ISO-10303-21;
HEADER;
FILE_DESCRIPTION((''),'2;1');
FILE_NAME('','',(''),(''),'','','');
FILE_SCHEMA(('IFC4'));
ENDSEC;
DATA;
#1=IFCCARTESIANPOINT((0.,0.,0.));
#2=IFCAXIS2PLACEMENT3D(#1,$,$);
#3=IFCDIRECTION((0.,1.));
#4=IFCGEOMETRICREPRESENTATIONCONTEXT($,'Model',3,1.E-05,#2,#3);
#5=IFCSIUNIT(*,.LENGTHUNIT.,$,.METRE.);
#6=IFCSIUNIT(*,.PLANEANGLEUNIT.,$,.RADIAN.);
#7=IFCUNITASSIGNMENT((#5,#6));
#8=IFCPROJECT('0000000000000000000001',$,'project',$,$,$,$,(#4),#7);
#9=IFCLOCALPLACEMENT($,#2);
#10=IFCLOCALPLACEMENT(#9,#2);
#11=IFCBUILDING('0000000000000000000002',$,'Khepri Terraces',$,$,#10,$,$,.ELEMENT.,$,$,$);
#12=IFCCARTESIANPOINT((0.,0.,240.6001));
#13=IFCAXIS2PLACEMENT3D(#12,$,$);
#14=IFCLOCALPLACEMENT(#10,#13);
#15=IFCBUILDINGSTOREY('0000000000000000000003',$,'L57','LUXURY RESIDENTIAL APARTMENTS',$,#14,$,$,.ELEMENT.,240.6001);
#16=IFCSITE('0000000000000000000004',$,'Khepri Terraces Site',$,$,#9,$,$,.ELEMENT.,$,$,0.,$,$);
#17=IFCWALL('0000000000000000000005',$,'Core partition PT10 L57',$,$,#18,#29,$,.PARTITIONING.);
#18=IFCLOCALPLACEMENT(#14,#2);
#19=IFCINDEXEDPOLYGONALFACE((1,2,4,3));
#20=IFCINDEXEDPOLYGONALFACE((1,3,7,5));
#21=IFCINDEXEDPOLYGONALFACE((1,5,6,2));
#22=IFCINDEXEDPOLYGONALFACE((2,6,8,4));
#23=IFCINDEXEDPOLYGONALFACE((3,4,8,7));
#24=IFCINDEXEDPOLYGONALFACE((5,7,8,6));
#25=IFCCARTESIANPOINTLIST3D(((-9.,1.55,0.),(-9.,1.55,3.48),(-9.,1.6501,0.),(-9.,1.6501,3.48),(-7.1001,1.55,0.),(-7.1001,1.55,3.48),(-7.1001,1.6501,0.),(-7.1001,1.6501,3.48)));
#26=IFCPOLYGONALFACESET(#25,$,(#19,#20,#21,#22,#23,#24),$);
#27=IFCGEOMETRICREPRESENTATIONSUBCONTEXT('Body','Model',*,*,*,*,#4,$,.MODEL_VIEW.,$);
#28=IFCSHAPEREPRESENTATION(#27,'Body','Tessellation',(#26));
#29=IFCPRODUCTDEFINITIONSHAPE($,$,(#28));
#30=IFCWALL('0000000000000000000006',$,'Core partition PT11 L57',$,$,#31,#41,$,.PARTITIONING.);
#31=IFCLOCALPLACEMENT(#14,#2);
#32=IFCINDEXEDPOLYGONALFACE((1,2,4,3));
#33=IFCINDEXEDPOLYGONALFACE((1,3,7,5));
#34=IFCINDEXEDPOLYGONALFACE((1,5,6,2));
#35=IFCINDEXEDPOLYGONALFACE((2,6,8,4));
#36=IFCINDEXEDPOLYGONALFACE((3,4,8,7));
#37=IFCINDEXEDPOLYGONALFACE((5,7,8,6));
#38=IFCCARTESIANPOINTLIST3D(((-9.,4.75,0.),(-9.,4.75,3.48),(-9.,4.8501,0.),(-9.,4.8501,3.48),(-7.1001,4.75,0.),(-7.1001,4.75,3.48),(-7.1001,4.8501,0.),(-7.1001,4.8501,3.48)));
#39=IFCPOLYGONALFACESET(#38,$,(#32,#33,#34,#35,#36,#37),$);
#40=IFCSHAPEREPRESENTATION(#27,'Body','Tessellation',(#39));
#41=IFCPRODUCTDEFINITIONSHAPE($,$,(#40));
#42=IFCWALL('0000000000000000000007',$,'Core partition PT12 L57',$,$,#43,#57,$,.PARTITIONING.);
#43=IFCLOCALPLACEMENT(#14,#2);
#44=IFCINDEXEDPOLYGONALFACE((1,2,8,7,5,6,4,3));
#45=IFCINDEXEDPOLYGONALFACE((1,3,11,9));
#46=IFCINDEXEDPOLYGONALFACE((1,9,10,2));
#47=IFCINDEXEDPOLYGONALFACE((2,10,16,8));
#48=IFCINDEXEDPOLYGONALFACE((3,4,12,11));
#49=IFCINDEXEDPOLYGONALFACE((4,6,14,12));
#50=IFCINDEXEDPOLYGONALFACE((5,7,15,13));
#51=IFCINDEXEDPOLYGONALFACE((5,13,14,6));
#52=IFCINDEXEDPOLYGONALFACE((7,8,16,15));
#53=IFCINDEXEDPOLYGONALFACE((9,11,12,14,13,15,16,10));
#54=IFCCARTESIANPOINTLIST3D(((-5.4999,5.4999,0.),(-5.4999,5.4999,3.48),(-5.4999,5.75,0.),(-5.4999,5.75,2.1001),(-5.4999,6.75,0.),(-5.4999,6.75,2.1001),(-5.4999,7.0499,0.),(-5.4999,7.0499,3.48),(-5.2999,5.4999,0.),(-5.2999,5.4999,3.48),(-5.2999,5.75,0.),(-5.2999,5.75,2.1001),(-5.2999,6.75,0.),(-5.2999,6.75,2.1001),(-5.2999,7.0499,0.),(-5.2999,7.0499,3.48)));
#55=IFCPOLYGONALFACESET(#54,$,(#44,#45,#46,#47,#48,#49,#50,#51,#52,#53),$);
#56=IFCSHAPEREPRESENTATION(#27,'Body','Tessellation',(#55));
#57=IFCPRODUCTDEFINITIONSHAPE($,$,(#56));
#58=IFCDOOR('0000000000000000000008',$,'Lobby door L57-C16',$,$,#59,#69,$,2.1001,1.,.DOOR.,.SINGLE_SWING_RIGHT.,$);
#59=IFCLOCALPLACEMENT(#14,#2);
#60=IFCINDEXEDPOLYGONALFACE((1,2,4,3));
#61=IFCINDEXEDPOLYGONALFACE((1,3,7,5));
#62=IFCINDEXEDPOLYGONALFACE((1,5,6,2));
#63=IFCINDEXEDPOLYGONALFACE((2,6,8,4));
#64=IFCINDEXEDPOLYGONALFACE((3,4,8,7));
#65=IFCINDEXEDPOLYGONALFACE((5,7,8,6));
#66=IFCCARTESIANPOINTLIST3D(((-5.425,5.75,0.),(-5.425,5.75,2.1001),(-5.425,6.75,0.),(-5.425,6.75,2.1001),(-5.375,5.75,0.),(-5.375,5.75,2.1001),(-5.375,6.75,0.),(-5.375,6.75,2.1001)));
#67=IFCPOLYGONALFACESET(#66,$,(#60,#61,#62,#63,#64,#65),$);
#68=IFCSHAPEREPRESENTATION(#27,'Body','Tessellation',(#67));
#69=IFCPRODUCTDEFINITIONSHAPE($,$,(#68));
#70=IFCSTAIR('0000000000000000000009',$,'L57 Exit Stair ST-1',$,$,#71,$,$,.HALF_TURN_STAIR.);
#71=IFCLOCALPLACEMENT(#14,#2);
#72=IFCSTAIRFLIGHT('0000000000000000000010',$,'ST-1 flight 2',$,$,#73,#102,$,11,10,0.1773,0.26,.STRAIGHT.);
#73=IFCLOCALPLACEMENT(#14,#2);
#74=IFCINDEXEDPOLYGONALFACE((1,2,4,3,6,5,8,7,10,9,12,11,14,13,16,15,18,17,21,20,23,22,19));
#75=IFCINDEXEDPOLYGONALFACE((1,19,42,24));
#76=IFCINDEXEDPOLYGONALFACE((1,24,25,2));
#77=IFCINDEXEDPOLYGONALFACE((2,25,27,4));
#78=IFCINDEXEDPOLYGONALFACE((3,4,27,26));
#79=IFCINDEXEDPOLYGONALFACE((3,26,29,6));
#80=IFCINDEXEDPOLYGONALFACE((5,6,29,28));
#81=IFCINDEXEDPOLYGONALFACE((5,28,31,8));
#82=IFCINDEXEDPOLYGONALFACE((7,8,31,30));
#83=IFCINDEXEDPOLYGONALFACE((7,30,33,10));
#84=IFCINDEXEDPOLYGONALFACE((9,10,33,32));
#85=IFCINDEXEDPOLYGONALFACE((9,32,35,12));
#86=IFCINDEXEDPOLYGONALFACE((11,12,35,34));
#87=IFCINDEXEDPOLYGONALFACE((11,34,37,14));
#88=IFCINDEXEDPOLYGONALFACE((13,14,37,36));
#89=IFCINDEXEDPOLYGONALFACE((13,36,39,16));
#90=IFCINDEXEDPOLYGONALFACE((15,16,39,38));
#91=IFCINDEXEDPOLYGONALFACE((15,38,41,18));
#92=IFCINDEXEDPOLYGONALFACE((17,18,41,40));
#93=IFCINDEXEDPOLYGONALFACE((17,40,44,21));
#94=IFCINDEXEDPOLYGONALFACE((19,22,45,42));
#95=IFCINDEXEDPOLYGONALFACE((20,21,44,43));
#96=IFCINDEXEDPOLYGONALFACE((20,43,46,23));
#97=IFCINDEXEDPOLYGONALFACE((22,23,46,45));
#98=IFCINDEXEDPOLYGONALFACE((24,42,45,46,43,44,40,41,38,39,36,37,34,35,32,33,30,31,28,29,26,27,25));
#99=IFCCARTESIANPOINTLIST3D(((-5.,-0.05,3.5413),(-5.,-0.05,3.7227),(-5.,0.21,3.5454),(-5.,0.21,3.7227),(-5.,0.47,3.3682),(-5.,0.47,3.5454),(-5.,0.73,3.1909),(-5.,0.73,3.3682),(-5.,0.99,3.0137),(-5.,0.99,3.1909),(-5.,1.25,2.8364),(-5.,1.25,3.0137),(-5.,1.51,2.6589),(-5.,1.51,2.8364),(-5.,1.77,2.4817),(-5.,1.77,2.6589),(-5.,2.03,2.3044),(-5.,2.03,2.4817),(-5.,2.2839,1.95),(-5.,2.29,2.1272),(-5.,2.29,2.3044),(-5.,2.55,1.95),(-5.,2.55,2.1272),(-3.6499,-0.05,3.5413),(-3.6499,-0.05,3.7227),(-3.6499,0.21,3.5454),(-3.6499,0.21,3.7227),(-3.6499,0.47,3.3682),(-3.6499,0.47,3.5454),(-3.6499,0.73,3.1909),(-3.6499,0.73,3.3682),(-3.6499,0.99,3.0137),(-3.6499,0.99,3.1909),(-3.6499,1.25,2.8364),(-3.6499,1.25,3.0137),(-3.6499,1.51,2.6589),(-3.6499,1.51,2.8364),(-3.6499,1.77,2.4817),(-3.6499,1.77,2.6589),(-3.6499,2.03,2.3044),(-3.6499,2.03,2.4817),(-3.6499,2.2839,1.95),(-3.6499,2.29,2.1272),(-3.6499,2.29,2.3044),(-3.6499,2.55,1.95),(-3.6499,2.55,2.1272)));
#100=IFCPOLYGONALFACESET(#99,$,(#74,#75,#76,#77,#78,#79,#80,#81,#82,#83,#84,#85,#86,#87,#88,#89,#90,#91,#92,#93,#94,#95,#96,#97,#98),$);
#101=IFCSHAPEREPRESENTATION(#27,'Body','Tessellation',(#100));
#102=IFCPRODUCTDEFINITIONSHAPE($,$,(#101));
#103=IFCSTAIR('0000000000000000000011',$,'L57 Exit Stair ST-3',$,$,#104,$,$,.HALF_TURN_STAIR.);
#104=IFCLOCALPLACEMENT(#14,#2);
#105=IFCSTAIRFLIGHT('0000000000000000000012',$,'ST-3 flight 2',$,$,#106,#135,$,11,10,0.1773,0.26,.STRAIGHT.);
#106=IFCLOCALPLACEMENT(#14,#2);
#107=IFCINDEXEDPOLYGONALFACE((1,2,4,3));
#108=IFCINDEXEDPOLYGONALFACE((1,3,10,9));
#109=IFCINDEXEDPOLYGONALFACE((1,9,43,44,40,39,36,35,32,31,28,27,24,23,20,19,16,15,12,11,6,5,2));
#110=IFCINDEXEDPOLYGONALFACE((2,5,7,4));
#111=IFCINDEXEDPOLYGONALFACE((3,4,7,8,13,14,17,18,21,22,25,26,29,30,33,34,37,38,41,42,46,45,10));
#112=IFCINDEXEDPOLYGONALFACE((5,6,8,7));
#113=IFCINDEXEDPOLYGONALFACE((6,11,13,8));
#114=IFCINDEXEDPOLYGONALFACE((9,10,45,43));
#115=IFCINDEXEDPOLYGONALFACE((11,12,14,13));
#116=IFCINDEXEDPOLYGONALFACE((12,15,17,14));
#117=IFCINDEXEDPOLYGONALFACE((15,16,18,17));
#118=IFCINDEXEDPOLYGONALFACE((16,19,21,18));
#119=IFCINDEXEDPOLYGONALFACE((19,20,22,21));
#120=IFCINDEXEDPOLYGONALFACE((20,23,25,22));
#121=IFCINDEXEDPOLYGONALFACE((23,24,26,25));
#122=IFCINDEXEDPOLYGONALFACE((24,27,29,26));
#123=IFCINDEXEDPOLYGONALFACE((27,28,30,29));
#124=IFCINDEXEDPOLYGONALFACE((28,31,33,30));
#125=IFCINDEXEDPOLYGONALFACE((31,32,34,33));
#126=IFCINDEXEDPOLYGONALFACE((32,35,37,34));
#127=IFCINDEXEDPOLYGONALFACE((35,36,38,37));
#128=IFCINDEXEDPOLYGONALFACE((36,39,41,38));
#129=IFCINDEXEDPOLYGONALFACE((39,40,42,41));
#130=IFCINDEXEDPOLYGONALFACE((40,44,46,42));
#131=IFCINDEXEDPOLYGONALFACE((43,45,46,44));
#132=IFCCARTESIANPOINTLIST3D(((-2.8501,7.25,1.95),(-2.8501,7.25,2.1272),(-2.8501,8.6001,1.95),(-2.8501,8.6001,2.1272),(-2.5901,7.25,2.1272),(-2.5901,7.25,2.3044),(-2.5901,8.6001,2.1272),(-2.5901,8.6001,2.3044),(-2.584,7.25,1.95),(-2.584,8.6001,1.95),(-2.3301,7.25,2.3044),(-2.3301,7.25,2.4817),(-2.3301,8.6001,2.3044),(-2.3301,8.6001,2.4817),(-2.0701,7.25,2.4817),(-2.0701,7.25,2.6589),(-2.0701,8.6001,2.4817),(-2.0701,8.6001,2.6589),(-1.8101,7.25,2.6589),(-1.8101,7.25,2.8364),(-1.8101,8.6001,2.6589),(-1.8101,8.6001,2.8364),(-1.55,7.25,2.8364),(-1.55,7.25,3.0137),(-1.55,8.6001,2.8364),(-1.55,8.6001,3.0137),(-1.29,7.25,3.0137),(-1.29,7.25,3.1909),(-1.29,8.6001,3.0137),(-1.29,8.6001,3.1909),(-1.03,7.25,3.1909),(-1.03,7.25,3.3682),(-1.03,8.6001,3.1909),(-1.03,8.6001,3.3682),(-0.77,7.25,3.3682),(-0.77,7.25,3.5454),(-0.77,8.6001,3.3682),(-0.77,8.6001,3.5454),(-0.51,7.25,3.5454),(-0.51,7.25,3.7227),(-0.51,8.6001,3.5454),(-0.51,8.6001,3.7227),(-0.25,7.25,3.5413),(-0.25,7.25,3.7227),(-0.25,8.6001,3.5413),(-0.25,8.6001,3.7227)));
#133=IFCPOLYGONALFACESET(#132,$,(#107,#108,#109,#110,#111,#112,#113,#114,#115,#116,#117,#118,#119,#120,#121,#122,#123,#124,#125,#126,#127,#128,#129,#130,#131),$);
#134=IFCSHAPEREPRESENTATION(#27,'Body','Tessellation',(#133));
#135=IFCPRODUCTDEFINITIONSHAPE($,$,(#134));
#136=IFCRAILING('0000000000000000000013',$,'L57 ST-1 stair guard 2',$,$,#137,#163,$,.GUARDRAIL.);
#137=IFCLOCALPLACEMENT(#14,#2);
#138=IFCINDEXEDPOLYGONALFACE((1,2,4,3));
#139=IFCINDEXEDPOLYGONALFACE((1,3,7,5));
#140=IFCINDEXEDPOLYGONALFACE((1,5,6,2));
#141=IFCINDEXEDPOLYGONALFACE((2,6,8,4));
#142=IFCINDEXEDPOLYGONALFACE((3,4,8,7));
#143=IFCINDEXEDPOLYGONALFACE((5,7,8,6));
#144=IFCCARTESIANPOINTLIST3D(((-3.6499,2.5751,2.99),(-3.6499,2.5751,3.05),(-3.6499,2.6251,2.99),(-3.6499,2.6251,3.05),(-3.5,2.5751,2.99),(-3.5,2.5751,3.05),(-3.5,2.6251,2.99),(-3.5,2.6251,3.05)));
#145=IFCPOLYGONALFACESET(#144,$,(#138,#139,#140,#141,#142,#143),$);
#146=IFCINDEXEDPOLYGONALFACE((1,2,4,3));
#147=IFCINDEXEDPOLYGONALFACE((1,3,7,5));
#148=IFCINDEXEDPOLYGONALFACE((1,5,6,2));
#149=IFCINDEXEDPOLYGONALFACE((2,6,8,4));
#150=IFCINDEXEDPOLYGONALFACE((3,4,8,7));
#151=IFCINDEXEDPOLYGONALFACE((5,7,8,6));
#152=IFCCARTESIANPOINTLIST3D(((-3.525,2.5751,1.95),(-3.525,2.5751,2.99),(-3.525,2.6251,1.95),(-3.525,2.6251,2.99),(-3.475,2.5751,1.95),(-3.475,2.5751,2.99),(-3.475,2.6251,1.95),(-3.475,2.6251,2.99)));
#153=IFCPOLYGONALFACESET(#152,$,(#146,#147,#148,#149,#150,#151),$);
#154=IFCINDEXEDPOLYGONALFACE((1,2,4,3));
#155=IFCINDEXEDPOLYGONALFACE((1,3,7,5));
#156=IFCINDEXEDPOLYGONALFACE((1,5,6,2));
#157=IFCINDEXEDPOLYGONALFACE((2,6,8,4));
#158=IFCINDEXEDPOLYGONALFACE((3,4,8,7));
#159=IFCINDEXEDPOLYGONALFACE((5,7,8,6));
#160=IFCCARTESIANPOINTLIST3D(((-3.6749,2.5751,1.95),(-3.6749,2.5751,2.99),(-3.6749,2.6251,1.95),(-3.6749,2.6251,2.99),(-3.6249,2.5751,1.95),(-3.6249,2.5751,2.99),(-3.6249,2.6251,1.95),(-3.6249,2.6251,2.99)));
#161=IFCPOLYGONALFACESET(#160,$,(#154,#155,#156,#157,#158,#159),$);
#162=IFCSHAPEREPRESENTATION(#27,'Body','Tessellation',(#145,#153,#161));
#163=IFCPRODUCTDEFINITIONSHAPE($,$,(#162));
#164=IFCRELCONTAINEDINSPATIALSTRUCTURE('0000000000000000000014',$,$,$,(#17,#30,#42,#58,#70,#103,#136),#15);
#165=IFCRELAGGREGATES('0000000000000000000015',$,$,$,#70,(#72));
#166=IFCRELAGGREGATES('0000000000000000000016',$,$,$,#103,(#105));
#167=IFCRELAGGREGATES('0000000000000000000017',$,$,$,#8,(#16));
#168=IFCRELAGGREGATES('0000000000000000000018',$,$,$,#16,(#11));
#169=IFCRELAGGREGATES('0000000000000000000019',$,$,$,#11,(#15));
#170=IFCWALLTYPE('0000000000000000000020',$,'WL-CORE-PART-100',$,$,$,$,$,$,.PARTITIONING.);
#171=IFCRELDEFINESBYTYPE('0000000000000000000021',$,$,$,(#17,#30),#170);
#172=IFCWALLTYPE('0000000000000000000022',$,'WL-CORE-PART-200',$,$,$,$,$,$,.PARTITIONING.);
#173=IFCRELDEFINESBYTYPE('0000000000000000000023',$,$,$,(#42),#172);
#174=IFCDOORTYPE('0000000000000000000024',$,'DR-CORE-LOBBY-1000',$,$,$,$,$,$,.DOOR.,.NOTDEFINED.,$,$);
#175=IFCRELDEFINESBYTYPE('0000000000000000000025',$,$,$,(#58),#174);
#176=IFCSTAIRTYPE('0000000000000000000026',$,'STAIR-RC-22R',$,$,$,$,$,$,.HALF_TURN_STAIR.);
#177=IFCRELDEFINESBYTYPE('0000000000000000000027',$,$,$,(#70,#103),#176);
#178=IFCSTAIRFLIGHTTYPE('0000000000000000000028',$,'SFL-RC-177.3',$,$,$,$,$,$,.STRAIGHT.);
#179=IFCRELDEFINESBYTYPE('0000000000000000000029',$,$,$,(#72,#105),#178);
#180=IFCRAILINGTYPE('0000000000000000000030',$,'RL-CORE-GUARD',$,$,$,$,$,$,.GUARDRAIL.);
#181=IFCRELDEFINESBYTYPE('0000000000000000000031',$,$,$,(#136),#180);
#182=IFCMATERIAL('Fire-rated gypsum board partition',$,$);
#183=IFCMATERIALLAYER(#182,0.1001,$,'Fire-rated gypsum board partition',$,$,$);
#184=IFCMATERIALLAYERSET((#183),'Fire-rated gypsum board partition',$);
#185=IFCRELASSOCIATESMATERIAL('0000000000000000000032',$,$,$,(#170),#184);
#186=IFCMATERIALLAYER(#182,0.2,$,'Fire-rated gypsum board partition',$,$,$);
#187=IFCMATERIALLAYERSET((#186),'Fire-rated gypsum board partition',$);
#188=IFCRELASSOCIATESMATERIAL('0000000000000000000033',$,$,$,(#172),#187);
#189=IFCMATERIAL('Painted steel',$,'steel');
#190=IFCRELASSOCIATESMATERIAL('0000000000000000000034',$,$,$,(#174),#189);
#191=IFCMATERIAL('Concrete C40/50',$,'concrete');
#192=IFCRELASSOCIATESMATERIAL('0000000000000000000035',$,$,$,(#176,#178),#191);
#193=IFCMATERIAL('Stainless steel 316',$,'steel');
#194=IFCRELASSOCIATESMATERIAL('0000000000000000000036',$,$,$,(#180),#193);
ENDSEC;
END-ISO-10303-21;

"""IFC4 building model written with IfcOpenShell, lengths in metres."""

from ifc_helpers import new_model, si_unit, direction, frame, frame_2d, origin, origin_2d, place, context, subcontext, project, spatial, polyline, rectangle, outline, extrude, material, layer, layer_set, type_object, element, fill, aggregate, save


model = new_model("IFC4")

# Units and contexts
model_context = context("Model", 3, precision=1e-05, world=origin(), true_north=direction((0.0, 1.0)))
body_context = subcontext(model_context, "Body", "Model", "MODEL_VIEW")
ifc_project = project(units=[si_unit("LENGTHUNIT", "METRE"), si_unit("PLANEANGLEUNIT", "RADIAN")], contexts=[model_context])

# Site, building, storey
site_placement = place(None, origin())
site = spatial("IfcSite", under=ifc_project, at=site_placement, Name="Khepri Terraces Site", CompositionType="ELEMENT", RefElevation=0.0)
building_placement = place(site_placement, origin())
building = spatial("IfcBuilding", under=site, at=building_placement, Name="Khepri Terraces", CompositionType="ELEMENT")
storey_placement = place(building_placement, frame((0.0, 0.0, 240.6001)))
storey = spatial("IfcBuildingStorey", under=building, at=storey_placement, Name="L57", Description="LUXURY RESIDENTIAL APARTMENTS", CompositionType="ELEMENT", Elevation=240.6001)

# Shared definitions
ifc_material_1 = material(Name="Concrete C40/50", Category="concrete")

# Shared definitions
ifc_material_2 = material(Name="Painted steel", Category="steel")

# Walls
ifc_material_3 = material(Name="Fire-rated gypsum board partition")
ifc_layer_1 = layer(ifc_material_3, 0.1001, Name="Fire-rated gypsum board partition")
ifc_layer_set_1 = layer_set([ifc_layer_1], Name="Fire-rated gypsum board partition")
wall_type_1 = type_object("IfcWallType", Name="WL-CORE-PART-100", PredefinedType="PARTITIONING", material=ifc_layer_set_1)
for number, where, z_axis, x_axis, name in (
    (1, (-9.0, 1.6001, 0.0), (0.0, 0.0, 1.0), (1.0, 0.0, 0.0), "Core partition PT10 L57"),
    (2, (-9.0, 4.8, 0.0), (0.0, 0.0, 1.0), (1.0, 0.0, 0.0), "Core partition PT11 L57"),
):
    element("IfcWall", number, at=place(storey_placement, frame(where, z_axis=z_axis, x_axis=x_axis)), inside=storey, type_object=wall_type_1, Name=name, PredefinedType="PARTITIONING", context=body_context, shape_type="SweptSolid", body=[
        extrude(rectangle(XDim=1.8999, YDim=0.1001, at=frame_2d((0.95, 0.0))), origin(), (0.0, 0.0, 1.0), 3.48),
    ])

# Wall, opening, door
ifc_layer_2 = layer(ifc_material_3, 0.2, Name="Fire-rated gypsum board partition")
ifc_layer_set_2 = layer_set([ifc_layer_2], Name="Fire-rated gypsum board partition")
wall_type_2 = type_object("IfcWallType", Name="WL-CORE-PART-200", PredefinedType="PARTITIONING", material=ifc_layer_set_2)
wall_1_placement = place(storey_placement, frame((-5.3999, 5.5, 0.0), z_axis=(0.0, 0.0, 1.0), x_axis=(0.0, 1.0, 0.0)))
wall_1 = element("IfcWall", 3, at=wall_1_placement, inside=storey, type_object=wall_type_2, Name="Core partition PT12 L57", PredefinedType="PARTITIONING", context=body_context, shape_type="SweptSolid", body=[
    extrude(rectangle(XDim=1.55, YDim=0.2, at=frame_2d((0.7749, 0.0))), origin(), (0.0, 0.0, 1.0), 3.48),
])
opening_1_placement = place(wall_1_placement, frame((0.25, 0.0, 0.0)))
opening_1 = element("IfcOpeningElement", 4, at=opening_1_placement, cuts=wall_1, PredefinedType="OPENING", context=body_context, shape_type="SweptSolid", body=[
    extrude(rectangle(XDim=1.0, YDim=2.1001, at=frame_2d((0.5, 1.05))), frame((0.0, 0.1099, 0.0), z_axis=(0.0, -1.0, 0.0), x_axis=(1.0, 0.0, 0.0)), (0.0, 0.0, 1.0), 0.22),
])
door_type_1 = type_object("IfcDoorType", Name="DR-CORE-LOBBY-1000", OperationType="NOTDEFINED", PredefinedType="DOOR", material=ifc_material_2)
door_1_placement = place(opening_1_placement, frame((1.0, 0.0, 0.0), z_axis=(0.0, 0.0, 1.0), x_axis=(-1.0, 0.0, 0.0)))
door_1 = element("IfcDoor", 5, at=door_1_placement, inside=storey, type_object=door_type_1, Name="Lobby door L57-C16", OperationType="SINGLE_SWING_RIGHT", OverallHeight=2.1001, OverallWidth=1.0, PredefinedType="DOOR", context=body_context, shape_type="SweptSolid", body=[
    extrude(rectangle(XDim=1.0, YDim=2.1001, at=frame_2d((0.5, 1.05))), frame((0.0, 0.0249, 0.0), z_axis=(0.0, -1.0, 0.0), x_axis=(1.0, 0.0, 0.0)), (0.0, 0.0, 1.0), 0.05),
])
fill(opening_1, door_1)

# Stairs, stair flights
stair_type = type_object("IfcStairType", Name="STAIR-RC-22R", PredefinedType="HALF_TURN_STAIR", material=ifc_material_1)
stair_1_placement = place(storey_placement, origin())
stair_1 = element("IfcStair", 6, at=stair_1_placement, inside=storey, type_object=stair_type, Name="L57 Exit Stair ST-1", PredefinedType="HALF_TURN_STAIR")
stair_flight_type = type_object("IfcStairFlightType", Name="SFL-RC-177.3", PredefinedType="STRAIGHT", material=ifc_material_1)
stair_flight_1_placement = place(storey_placement, frame((-4.325, 2.55, 1.95), z_axis=(0.0, 0.0, 1.0), x_axis=(0.0, -1.0, 0.0)))
stair_flight_1 = element("IfcStairFlight", 7, at=stair_flight_1_placement, type_object=stair_flight_type, Name="ST-1 flight 2", NumberOfRisers=11, NumberOfTreads=10, PredefinedType="STRAIGHT", RiserHeight=0.1773, TreadLength=0.26, context=body_context, shape_type="SweptSolid", body=[
    extrude(outline(polyline([(0.0, 0.0), (0.0, 0.1772), (0.26, 0.1772), (0.26, 0.3545), (0.52, 0.3545), (0.52, 0.5317), (0.78, 0.5317), (0.78, 0.709), (1.04, 0.709), (1.04, 0.8865), (1.3, 0.8865), (1.3, 1.0637), (1.5601, 1.0637), (1.5601, 1.241), (1.8201, 1.241), (1.8201, 1.4182), (2.0801, 1.4182), (2.0801, 1.5955), (2.3401, 1.5955), (2.3401, 1.7727), (2.6001, 1.7727), (2.6001, 1.95), (2.6001, 1.5913), (0.2661, 0.0), (0.0, 0.0)])), frame((0.0, 0.675, 0.0), z_axis=(0.0, -1.0, 0.0), x_axis=(1.0, 0.0, 0.0)), (0.0, 0.0, 1.0), 1.3501),
])
aggregate(stair_1, [stair_flight_1])
stair_2_placement = place(storey_placement, origin())
stair_2 = element("IfcStair", 8, at=stair_2_placement, inside=storey, type_object=stair_type, Name="L57 Exit Stair ST-3", PredefinedType="HALF_TURN_STAIR")
stair_flight_2_placement = place(storey_placement, frame((-2.8501, 7.925, 1.95), z_axis=(0.0, 0.0, 1.0), x_axis=(1.0, 0.0, 0.0)))
stair_flight_2 = element("IfcStairFlight", 9, at=stair_flight_2_placement, type_object=stair_flight_type, Name="ST-3 flight 2", NumberOfRisers=11, NumberOfTreads=10, PredefinedType="STRAIGHT", RiserHeight=0.1773, TreadLength=0.26, context=body_context, shape_type="SweptSolid", body=[
    extrude(outline(polyline([(0.0, 0.0), (0.0, 0.1772), (0.26, 0.1772), (0.26, 0.3545), (0.52, 0.3545), (0.52, 0.5317), (0.78, 0.5317), (0.78, 0.709), (1.04, 0.709), (1.04, 0.8865), (1.3, 0.8865), (1.3, 1.0637), (1.5601, 1.0637), (1.5601, 1.241), (1.8201, 1.241), (1.8201, 1.4182), (2.0801, 1.4182), (2.0801, 1.5955), (2.3401, 1.5955), (2.3401, 1.7727), (2.6001, 1.7727), (2.6001, 1.95), (2.6001, 1.5913), (0.2661, 0.0), (0.0, 0.0)])), frame((0.0, 0.675, 0.0), z_axis=(0.0, -1.0, 0.0), x_axis=(1.0, 0.0, 0.0)), (0.0, 0.0, 1.0), 1.3501),
])
aggregate(stair_2, [stair_flight_2])

# Railing
ifc_material_4 = material(Name="Stainless steel 316", Category="steel")
railing_type_1 = type_object("IfcRailingType", Name="RL-CORE-GUARD", PredefinedType="GUARDRAIL", material=ifc_material_4)
railing_1_placement = place(storey_placement, frame((-3.5, 2.6001, 1.95)))
element("IfcRailing", 10, at=railing_1_placement, inside=storey, type_object=railing_type_1, Name="L57 ST-1 stair guard 2", PredefinedType="GUARDRAIL", context=body_context, shape_type="SweptSolid", body=[
    extrude(rectangle(XDim=0.05, YDim=0.0601, at=origin_2d()), frame((0.0, 0.0, 1.0701), z_axis=(-1.0, 0.0, 0.0), x_axis=(0.0, -1.0, 0.0)), (0.0, 0.0, 1.0), 0.1499),
    extrude(rectangle(XDim=0.05, YDim=0.05, at=origin_2d()), origin(), (0.0, 0.0, 1.0), 1.04),
    extrude(rectangle(XDim=0.05, YDim=0.05, at=origin_2d()), frame((-0.1499, 0.0, 0.0)), (0.0, 0.0, 1.0), 1.04),
])

save(model, "model.ifc")
